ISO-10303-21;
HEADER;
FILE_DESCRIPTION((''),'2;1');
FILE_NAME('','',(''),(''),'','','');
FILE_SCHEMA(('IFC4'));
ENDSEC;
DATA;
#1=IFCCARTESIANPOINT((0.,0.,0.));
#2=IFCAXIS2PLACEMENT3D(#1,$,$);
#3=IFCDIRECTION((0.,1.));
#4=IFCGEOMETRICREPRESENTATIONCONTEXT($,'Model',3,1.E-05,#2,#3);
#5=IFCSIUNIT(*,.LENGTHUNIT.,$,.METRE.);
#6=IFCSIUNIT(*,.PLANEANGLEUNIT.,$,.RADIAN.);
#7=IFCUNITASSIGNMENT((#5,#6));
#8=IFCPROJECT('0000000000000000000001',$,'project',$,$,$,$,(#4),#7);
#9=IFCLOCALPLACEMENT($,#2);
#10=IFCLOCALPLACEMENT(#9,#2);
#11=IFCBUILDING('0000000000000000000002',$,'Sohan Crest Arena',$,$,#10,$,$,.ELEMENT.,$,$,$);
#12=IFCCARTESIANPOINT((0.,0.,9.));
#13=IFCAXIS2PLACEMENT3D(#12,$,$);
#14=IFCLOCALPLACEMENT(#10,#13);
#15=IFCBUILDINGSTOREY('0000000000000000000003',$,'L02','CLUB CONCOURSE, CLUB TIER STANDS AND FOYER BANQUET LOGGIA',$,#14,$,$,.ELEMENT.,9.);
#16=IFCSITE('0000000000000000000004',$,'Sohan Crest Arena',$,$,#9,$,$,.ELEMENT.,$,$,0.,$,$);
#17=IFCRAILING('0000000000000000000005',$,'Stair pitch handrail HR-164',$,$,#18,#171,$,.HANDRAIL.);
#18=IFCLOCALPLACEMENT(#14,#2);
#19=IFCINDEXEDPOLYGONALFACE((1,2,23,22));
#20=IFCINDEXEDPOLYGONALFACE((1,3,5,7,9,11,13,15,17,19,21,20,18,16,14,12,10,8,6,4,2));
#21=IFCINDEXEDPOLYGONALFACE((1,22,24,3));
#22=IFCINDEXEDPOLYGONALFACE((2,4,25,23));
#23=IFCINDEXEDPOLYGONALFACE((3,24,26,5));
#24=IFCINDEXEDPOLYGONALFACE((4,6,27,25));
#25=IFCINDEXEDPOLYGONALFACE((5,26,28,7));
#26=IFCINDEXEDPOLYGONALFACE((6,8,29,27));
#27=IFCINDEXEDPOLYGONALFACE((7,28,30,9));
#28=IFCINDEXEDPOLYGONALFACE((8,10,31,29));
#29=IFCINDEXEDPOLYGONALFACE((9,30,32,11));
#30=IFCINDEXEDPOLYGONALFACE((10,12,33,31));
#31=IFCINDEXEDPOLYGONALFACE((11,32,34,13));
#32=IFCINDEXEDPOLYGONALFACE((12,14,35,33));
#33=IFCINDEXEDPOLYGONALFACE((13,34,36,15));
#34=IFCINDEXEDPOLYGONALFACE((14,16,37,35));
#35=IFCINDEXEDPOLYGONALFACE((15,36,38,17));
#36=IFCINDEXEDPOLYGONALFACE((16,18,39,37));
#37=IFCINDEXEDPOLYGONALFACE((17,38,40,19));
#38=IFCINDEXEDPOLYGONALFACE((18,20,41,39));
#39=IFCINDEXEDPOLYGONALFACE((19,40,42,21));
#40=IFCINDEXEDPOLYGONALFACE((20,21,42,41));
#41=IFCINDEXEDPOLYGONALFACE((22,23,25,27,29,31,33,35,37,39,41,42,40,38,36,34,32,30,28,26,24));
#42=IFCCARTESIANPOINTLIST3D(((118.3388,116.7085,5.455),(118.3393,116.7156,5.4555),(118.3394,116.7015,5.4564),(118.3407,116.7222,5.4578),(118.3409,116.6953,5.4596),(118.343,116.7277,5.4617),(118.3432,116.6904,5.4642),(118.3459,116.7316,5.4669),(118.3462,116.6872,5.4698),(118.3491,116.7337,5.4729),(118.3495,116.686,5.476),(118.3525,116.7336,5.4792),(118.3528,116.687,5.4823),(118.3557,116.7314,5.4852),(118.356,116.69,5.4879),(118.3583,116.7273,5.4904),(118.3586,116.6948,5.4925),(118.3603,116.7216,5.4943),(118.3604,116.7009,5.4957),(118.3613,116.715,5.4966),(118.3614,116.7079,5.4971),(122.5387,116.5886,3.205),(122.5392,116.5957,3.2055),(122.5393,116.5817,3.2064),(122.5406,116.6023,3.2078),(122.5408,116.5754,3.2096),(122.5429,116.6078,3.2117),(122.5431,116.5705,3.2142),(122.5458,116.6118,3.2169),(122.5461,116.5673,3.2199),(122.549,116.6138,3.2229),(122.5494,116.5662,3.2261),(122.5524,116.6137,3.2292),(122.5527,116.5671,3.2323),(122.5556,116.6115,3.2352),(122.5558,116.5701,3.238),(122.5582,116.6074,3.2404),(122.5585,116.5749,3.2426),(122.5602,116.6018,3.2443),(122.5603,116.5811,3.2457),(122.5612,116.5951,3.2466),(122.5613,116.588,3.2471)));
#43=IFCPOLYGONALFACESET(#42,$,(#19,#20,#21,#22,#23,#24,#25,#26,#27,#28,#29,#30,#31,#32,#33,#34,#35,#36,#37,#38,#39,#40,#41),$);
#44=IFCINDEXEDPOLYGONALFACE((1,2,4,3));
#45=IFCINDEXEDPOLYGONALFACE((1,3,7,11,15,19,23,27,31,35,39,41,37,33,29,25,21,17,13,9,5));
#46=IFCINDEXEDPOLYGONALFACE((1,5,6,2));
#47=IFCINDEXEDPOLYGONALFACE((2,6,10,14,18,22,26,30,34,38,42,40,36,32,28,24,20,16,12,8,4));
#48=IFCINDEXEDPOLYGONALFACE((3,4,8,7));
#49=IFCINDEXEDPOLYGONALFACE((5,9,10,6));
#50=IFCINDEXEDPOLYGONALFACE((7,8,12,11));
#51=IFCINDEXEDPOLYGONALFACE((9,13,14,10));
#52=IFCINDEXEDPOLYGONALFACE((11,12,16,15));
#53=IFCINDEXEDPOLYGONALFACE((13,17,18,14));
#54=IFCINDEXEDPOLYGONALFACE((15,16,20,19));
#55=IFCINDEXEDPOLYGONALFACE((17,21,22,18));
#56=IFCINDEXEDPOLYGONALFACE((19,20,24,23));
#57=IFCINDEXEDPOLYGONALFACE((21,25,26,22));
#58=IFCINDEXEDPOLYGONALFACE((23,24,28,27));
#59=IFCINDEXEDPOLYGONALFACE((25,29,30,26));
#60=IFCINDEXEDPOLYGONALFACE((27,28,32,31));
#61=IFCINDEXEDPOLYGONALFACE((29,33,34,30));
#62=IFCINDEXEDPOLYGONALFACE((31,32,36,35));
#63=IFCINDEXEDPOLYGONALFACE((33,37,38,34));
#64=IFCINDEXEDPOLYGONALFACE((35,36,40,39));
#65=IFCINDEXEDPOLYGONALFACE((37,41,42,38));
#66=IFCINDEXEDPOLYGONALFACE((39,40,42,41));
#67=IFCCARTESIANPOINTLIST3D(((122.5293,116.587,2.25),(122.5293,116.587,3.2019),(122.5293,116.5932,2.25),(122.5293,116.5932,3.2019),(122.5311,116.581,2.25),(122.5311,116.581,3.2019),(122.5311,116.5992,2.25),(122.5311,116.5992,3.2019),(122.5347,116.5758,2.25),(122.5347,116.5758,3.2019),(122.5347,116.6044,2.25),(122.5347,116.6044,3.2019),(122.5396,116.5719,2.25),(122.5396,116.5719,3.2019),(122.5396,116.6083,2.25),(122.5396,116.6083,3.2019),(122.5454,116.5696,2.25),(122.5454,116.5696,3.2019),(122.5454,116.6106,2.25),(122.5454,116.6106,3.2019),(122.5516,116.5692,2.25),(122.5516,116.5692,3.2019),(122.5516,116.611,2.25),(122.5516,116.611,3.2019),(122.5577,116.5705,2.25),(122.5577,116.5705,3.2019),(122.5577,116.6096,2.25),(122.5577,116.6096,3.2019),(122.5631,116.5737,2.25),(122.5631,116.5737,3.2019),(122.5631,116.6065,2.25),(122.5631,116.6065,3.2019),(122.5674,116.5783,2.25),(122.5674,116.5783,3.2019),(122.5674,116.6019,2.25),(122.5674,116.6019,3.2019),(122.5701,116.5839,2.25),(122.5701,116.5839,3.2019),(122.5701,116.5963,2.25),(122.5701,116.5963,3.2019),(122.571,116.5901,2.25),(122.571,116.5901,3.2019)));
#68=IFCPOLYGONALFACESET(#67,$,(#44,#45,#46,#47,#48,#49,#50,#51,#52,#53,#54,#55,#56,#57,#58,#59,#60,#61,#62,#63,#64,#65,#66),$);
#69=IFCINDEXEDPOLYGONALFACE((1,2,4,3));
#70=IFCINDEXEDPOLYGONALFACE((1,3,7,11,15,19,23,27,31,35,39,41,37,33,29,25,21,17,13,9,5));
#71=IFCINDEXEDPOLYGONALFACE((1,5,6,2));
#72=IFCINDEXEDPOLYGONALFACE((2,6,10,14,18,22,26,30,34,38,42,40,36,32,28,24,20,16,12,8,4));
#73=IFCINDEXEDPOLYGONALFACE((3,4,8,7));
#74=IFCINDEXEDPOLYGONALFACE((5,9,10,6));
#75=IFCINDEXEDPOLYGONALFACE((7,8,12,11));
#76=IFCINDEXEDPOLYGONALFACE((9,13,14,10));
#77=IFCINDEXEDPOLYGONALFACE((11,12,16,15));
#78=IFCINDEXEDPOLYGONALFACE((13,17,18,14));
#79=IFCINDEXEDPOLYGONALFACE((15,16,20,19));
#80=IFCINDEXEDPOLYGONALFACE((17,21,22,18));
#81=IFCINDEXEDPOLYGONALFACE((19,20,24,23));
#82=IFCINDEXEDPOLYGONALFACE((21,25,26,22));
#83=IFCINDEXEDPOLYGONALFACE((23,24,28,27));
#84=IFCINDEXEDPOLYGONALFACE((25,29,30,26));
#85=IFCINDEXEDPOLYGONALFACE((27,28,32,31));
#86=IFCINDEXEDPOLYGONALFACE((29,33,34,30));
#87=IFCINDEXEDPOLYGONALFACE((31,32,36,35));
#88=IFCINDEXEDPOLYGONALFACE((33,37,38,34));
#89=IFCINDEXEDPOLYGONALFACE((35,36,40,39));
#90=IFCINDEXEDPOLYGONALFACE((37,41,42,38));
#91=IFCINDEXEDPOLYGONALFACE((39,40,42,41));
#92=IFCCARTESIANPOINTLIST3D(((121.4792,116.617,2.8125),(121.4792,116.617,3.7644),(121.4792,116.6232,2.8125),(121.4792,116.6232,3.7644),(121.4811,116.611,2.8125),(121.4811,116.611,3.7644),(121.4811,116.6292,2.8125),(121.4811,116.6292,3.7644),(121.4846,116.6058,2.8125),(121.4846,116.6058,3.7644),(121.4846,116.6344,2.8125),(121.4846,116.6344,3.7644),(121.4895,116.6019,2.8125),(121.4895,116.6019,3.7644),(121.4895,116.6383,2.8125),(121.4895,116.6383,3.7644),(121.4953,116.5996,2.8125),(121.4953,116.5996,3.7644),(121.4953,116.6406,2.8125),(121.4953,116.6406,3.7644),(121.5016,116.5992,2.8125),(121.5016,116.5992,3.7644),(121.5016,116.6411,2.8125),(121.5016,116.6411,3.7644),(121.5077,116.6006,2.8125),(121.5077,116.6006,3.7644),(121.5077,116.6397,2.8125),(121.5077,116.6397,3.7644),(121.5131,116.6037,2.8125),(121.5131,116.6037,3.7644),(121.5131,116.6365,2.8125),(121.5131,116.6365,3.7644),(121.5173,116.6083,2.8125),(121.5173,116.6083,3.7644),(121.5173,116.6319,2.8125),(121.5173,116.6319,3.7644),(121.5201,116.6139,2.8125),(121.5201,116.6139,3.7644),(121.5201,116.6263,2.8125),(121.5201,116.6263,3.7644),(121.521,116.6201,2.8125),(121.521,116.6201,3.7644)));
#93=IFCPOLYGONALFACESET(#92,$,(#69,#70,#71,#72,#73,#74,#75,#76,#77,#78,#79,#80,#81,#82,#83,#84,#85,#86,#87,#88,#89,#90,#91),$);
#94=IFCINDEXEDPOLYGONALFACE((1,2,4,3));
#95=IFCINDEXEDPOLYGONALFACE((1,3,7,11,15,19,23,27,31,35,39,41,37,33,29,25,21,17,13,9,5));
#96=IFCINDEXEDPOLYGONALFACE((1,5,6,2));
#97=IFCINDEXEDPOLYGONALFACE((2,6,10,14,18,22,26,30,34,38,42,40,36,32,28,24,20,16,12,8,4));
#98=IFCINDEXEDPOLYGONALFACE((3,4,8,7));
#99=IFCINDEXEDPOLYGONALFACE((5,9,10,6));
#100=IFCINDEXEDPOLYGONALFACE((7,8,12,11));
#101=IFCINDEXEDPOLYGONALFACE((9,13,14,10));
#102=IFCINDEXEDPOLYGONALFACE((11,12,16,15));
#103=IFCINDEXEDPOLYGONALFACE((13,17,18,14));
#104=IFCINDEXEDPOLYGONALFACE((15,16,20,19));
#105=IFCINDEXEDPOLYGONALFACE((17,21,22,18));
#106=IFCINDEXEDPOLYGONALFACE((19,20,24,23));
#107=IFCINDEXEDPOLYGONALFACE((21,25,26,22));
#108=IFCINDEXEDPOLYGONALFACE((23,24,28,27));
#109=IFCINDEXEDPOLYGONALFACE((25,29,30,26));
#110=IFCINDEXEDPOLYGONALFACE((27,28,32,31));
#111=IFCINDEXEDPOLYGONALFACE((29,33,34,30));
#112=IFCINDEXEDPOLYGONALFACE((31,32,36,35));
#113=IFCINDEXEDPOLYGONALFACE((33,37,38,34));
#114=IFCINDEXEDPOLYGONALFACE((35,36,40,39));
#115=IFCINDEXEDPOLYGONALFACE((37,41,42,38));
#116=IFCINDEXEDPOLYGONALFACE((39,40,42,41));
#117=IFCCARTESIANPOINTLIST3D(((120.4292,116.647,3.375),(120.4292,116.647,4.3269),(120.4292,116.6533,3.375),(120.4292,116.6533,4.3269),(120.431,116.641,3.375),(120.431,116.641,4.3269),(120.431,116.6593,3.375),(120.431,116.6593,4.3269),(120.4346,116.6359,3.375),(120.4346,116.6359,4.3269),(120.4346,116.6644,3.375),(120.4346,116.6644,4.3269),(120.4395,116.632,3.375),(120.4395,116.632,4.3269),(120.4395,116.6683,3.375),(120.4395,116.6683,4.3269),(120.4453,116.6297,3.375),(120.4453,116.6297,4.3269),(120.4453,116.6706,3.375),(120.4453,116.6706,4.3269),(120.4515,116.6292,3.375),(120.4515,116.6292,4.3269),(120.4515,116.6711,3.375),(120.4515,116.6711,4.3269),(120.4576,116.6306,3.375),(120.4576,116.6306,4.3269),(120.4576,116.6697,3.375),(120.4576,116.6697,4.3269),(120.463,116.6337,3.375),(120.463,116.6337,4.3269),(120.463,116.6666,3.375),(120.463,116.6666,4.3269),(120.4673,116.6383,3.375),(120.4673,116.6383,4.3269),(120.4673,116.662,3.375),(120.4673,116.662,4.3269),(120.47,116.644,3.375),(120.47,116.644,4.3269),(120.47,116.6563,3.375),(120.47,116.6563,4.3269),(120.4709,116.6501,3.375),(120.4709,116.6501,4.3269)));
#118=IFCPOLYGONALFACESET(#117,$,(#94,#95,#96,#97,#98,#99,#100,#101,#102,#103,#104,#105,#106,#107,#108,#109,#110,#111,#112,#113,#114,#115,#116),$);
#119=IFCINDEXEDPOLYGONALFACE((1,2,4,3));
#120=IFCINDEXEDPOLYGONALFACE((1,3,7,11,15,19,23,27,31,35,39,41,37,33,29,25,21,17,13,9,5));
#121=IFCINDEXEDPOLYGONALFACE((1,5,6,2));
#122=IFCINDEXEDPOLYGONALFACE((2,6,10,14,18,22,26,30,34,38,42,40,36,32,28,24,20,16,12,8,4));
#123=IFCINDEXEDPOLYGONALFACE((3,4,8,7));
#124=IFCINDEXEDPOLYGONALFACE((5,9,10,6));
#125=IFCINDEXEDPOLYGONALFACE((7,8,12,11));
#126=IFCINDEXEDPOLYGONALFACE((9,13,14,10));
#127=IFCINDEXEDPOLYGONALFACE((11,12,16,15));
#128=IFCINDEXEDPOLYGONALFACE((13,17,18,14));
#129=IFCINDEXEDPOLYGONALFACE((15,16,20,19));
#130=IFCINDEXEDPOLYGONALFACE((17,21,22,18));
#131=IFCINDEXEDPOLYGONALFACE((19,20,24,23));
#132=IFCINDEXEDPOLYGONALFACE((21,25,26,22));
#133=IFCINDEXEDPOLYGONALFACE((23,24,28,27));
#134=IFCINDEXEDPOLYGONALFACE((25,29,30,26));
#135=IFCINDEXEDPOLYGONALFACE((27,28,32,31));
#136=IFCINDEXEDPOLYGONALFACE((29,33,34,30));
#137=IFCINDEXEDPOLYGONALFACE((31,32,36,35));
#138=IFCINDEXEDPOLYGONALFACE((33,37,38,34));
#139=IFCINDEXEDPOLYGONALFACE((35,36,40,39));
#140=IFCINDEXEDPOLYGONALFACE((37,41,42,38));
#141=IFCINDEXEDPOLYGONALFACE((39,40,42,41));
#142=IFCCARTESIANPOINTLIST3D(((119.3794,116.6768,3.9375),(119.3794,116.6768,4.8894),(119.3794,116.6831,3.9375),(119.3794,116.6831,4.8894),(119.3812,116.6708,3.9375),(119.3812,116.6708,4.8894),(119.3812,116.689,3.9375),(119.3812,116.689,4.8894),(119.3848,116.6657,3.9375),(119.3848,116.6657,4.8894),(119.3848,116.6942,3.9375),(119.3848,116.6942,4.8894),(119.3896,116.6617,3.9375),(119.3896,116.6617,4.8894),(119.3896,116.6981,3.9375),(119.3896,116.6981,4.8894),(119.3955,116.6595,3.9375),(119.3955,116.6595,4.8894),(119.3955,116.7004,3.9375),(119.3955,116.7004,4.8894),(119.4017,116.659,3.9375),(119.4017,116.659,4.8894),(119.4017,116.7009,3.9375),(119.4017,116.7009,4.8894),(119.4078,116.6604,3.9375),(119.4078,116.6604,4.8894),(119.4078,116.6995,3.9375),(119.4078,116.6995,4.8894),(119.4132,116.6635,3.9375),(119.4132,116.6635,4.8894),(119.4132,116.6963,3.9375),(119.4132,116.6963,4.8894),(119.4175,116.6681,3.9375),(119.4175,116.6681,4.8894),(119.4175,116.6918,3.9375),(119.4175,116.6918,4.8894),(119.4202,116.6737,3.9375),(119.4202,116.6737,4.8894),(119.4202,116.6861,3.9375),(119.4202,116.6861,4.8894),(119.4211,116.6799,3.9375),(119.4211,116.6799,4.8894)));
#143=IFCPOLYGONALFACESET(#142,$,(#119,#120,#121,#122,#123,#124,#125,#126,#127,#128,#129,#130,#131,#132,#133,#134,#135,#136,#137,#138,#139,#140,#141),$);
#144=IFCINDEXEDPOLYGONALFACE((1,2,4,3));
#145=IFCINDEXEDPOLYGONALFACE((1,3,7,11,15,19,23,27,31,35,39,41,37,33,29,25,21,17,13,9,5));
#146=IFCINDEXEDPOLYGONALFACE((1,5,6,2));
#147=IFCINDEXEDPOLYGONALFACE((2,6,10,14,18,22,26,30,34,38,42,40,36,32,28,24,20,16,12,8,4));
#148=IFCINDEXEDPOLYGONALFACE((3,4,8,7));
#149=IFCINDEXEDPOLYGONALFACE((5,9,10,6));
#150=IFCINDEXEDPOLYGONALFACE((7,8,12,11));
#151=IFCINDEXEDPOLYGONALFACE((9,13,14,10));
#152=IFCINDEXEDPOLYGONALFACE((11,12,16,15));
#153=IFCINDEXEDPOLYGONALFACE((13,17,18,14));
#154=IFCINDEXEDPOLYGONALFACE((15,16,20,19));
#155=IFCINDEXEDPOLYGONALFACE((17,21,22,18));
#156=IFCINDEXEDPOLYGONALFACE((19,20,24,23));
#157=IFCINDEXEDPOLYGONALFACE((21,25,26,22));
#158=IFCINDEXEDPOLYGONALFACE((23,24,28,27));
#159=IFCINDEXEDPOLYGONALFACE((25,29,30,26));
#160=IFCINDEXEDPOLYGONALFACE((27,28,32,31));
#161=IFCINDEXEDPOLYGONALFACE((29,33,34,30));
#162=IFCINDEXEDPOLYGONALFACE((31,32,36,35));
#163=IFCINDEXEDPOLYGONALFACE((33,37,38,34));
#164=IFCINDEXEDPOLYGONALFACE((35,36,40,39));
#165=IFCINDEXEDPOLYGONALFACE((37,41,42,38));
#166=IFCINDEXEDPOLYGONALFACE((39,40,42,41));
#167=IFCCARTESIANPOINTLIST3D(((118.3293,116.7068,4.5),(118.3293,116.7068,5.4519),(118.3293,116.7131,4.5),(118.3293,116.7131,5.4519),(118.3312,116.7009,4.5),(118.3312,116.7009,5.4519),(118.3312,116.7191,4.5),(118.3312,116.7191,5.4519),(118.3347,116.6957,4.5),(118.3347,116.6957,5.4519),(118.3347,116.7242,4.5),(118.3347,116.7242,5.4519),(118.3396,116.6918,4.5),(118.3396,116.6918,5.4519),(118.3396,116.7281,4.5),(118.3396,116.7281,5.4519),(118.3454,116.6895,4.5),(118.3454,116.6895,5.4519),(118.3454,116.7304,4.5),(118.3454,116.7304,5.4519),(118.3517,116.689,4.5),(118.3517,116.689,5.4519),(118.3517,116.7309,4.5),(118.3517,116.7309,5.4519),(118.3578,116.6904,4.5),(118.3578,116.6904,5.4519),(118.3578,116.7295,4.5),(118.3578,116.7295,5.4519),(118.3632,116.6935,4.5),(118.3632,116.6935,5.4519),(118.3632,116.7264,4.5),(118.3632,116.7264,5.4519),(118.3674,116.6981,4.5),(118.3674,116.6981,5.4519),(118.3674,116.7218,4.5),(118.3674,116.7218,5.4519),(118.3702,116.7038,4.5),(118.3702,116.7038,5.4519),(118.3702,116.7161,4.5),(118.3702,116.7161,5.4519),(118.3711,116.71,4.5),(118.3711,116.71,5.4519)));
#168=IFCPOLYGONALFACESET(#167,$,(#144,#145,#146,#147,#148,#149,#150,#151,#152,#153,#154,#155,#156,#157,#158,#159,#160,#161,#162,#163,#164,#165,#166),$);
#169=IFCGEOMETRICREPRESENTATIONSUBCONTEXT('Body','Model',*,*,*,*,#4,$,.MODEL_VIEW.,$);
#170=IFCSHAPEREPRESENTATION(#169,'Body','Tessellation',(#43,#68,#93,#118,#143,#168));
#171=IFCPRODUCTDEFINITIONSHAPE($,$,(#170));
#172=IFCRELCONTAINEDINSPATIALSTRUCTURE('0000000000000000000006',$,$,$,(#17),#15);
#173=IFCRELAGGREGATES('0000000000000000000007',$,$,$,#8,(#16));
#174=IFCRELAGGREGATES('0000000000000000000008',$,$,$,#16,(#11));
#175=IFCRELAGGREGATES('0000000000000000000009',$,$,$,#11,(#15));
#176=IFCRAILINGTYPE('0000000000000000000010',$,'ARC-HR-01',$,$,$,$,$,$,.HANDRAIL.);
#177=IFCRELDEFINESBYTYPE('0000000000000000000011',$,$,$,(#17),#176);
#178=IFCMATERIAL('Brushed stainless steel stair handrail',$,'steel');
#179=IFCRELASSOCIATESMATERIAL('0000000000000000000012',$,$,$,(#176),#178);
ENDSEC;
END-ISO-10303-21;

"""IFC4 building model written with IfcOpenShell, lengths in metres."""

from ifc_helpers import new_model, si_unit, direction, frame, origin, origin_2d, place, context, subcontext, project, spatial, circle, extrude, material, type_object, element, save


model = new_model("IFC4")

# Units and contexts
model_context = context("Model", 3, precision=1e-05, world=origin(), true_north=direction((0.0, 1.0)))
body_context = subcontext(model_context, "Body", "Model", "MODEL_VIEW")
ifc_project = project(units=[si_unit("LENGTHUNIT", "METRE"), si_unit("PLANEANGLEUNIT", "RADIAN")], contexts=[model_context])

# Site, building, storey
site_placement = place(None, origin())
site = spatial("IfcSite", under=ifc_project, at=site_placement, Name="Sohan Crest Arena", CompositionType="ELEMENT", RefElevation=0.0)
building_placement = place(site_placement, origin())
building = spatial("IfcBuilding", under=site, at=building_placement, Name="Sohan Crest Arena", CompositionType="ELEMENT")
storey_placement = place(building_placement, frame((0.0, 0.0, 9.0)))
storey = spatial("IfcBuildingStorey", under=building, at=storey_placement, Name="L02", Description="CLUB CONCOURSE, CLUB TIER STANDS AND FOYER BANQUET LOGGIA", CompositionType="ELEMENT", Elevation=9.0)

# Railing
ifc_material_1 = material(Name="Brushed stainless steel stair handrail", Category="steel")
railing_type_1 = type_object("IfcRailingType", Name="ARC-HR-01", PredefinedType="HANDRAIL", material=ifc_material_1)
railing_1_placement = place(storey_placement, frame((122.55, 116.5901, 2.25)))
element("IfcRailing", 1, at=railing_1_placement, inside=storey, type_object=railing_type_1, Name="Stair pitch handrail HR-164", PredefinedType="HANDRAIL", context=body_context, shape_type="SweptSolid", body=[
    extrude(circle(Radius=0.0239, at=origin_2d()), frame((0.0, 0.0, 0.9761), z_axis=(-0.881199, 0.025151, 0.472076), x_axis=(-0.02853, -0.999593, 0.0)), (0.0, 0.0, 1.0), 4.7661),
    extrude(circle(Radius=0.021, at=origin_2d()), origin(), (0.0, 0.0, 1.0), 0.9519),
    extrude(circle(Radius=0.021, at=origin_2d()), frame((-1.05, 0.03, 0.5625)), (0.0, 0.0, 1.0), 0.9519),
    extrude(circle(Radius=0.021, at=origin_2d()), frame((-2.1001, 0.0601, 1.125)), (0.0, 0.0, 1.0), 0.9519),
    extrude(circle(Radius=0.021, at=origin_2d()), frame((-3.1499, 0.0898, 1.6875)), (0.0, 0.0, 1.0), 0.9519),
    extrude(circle(Radius=0.021, at=origin_2d()), frame((-4.2, 0.1199, 2.25)), (0.0, 0.0, 1.0), 0.9519),
])

save(model, "model.ifc")
